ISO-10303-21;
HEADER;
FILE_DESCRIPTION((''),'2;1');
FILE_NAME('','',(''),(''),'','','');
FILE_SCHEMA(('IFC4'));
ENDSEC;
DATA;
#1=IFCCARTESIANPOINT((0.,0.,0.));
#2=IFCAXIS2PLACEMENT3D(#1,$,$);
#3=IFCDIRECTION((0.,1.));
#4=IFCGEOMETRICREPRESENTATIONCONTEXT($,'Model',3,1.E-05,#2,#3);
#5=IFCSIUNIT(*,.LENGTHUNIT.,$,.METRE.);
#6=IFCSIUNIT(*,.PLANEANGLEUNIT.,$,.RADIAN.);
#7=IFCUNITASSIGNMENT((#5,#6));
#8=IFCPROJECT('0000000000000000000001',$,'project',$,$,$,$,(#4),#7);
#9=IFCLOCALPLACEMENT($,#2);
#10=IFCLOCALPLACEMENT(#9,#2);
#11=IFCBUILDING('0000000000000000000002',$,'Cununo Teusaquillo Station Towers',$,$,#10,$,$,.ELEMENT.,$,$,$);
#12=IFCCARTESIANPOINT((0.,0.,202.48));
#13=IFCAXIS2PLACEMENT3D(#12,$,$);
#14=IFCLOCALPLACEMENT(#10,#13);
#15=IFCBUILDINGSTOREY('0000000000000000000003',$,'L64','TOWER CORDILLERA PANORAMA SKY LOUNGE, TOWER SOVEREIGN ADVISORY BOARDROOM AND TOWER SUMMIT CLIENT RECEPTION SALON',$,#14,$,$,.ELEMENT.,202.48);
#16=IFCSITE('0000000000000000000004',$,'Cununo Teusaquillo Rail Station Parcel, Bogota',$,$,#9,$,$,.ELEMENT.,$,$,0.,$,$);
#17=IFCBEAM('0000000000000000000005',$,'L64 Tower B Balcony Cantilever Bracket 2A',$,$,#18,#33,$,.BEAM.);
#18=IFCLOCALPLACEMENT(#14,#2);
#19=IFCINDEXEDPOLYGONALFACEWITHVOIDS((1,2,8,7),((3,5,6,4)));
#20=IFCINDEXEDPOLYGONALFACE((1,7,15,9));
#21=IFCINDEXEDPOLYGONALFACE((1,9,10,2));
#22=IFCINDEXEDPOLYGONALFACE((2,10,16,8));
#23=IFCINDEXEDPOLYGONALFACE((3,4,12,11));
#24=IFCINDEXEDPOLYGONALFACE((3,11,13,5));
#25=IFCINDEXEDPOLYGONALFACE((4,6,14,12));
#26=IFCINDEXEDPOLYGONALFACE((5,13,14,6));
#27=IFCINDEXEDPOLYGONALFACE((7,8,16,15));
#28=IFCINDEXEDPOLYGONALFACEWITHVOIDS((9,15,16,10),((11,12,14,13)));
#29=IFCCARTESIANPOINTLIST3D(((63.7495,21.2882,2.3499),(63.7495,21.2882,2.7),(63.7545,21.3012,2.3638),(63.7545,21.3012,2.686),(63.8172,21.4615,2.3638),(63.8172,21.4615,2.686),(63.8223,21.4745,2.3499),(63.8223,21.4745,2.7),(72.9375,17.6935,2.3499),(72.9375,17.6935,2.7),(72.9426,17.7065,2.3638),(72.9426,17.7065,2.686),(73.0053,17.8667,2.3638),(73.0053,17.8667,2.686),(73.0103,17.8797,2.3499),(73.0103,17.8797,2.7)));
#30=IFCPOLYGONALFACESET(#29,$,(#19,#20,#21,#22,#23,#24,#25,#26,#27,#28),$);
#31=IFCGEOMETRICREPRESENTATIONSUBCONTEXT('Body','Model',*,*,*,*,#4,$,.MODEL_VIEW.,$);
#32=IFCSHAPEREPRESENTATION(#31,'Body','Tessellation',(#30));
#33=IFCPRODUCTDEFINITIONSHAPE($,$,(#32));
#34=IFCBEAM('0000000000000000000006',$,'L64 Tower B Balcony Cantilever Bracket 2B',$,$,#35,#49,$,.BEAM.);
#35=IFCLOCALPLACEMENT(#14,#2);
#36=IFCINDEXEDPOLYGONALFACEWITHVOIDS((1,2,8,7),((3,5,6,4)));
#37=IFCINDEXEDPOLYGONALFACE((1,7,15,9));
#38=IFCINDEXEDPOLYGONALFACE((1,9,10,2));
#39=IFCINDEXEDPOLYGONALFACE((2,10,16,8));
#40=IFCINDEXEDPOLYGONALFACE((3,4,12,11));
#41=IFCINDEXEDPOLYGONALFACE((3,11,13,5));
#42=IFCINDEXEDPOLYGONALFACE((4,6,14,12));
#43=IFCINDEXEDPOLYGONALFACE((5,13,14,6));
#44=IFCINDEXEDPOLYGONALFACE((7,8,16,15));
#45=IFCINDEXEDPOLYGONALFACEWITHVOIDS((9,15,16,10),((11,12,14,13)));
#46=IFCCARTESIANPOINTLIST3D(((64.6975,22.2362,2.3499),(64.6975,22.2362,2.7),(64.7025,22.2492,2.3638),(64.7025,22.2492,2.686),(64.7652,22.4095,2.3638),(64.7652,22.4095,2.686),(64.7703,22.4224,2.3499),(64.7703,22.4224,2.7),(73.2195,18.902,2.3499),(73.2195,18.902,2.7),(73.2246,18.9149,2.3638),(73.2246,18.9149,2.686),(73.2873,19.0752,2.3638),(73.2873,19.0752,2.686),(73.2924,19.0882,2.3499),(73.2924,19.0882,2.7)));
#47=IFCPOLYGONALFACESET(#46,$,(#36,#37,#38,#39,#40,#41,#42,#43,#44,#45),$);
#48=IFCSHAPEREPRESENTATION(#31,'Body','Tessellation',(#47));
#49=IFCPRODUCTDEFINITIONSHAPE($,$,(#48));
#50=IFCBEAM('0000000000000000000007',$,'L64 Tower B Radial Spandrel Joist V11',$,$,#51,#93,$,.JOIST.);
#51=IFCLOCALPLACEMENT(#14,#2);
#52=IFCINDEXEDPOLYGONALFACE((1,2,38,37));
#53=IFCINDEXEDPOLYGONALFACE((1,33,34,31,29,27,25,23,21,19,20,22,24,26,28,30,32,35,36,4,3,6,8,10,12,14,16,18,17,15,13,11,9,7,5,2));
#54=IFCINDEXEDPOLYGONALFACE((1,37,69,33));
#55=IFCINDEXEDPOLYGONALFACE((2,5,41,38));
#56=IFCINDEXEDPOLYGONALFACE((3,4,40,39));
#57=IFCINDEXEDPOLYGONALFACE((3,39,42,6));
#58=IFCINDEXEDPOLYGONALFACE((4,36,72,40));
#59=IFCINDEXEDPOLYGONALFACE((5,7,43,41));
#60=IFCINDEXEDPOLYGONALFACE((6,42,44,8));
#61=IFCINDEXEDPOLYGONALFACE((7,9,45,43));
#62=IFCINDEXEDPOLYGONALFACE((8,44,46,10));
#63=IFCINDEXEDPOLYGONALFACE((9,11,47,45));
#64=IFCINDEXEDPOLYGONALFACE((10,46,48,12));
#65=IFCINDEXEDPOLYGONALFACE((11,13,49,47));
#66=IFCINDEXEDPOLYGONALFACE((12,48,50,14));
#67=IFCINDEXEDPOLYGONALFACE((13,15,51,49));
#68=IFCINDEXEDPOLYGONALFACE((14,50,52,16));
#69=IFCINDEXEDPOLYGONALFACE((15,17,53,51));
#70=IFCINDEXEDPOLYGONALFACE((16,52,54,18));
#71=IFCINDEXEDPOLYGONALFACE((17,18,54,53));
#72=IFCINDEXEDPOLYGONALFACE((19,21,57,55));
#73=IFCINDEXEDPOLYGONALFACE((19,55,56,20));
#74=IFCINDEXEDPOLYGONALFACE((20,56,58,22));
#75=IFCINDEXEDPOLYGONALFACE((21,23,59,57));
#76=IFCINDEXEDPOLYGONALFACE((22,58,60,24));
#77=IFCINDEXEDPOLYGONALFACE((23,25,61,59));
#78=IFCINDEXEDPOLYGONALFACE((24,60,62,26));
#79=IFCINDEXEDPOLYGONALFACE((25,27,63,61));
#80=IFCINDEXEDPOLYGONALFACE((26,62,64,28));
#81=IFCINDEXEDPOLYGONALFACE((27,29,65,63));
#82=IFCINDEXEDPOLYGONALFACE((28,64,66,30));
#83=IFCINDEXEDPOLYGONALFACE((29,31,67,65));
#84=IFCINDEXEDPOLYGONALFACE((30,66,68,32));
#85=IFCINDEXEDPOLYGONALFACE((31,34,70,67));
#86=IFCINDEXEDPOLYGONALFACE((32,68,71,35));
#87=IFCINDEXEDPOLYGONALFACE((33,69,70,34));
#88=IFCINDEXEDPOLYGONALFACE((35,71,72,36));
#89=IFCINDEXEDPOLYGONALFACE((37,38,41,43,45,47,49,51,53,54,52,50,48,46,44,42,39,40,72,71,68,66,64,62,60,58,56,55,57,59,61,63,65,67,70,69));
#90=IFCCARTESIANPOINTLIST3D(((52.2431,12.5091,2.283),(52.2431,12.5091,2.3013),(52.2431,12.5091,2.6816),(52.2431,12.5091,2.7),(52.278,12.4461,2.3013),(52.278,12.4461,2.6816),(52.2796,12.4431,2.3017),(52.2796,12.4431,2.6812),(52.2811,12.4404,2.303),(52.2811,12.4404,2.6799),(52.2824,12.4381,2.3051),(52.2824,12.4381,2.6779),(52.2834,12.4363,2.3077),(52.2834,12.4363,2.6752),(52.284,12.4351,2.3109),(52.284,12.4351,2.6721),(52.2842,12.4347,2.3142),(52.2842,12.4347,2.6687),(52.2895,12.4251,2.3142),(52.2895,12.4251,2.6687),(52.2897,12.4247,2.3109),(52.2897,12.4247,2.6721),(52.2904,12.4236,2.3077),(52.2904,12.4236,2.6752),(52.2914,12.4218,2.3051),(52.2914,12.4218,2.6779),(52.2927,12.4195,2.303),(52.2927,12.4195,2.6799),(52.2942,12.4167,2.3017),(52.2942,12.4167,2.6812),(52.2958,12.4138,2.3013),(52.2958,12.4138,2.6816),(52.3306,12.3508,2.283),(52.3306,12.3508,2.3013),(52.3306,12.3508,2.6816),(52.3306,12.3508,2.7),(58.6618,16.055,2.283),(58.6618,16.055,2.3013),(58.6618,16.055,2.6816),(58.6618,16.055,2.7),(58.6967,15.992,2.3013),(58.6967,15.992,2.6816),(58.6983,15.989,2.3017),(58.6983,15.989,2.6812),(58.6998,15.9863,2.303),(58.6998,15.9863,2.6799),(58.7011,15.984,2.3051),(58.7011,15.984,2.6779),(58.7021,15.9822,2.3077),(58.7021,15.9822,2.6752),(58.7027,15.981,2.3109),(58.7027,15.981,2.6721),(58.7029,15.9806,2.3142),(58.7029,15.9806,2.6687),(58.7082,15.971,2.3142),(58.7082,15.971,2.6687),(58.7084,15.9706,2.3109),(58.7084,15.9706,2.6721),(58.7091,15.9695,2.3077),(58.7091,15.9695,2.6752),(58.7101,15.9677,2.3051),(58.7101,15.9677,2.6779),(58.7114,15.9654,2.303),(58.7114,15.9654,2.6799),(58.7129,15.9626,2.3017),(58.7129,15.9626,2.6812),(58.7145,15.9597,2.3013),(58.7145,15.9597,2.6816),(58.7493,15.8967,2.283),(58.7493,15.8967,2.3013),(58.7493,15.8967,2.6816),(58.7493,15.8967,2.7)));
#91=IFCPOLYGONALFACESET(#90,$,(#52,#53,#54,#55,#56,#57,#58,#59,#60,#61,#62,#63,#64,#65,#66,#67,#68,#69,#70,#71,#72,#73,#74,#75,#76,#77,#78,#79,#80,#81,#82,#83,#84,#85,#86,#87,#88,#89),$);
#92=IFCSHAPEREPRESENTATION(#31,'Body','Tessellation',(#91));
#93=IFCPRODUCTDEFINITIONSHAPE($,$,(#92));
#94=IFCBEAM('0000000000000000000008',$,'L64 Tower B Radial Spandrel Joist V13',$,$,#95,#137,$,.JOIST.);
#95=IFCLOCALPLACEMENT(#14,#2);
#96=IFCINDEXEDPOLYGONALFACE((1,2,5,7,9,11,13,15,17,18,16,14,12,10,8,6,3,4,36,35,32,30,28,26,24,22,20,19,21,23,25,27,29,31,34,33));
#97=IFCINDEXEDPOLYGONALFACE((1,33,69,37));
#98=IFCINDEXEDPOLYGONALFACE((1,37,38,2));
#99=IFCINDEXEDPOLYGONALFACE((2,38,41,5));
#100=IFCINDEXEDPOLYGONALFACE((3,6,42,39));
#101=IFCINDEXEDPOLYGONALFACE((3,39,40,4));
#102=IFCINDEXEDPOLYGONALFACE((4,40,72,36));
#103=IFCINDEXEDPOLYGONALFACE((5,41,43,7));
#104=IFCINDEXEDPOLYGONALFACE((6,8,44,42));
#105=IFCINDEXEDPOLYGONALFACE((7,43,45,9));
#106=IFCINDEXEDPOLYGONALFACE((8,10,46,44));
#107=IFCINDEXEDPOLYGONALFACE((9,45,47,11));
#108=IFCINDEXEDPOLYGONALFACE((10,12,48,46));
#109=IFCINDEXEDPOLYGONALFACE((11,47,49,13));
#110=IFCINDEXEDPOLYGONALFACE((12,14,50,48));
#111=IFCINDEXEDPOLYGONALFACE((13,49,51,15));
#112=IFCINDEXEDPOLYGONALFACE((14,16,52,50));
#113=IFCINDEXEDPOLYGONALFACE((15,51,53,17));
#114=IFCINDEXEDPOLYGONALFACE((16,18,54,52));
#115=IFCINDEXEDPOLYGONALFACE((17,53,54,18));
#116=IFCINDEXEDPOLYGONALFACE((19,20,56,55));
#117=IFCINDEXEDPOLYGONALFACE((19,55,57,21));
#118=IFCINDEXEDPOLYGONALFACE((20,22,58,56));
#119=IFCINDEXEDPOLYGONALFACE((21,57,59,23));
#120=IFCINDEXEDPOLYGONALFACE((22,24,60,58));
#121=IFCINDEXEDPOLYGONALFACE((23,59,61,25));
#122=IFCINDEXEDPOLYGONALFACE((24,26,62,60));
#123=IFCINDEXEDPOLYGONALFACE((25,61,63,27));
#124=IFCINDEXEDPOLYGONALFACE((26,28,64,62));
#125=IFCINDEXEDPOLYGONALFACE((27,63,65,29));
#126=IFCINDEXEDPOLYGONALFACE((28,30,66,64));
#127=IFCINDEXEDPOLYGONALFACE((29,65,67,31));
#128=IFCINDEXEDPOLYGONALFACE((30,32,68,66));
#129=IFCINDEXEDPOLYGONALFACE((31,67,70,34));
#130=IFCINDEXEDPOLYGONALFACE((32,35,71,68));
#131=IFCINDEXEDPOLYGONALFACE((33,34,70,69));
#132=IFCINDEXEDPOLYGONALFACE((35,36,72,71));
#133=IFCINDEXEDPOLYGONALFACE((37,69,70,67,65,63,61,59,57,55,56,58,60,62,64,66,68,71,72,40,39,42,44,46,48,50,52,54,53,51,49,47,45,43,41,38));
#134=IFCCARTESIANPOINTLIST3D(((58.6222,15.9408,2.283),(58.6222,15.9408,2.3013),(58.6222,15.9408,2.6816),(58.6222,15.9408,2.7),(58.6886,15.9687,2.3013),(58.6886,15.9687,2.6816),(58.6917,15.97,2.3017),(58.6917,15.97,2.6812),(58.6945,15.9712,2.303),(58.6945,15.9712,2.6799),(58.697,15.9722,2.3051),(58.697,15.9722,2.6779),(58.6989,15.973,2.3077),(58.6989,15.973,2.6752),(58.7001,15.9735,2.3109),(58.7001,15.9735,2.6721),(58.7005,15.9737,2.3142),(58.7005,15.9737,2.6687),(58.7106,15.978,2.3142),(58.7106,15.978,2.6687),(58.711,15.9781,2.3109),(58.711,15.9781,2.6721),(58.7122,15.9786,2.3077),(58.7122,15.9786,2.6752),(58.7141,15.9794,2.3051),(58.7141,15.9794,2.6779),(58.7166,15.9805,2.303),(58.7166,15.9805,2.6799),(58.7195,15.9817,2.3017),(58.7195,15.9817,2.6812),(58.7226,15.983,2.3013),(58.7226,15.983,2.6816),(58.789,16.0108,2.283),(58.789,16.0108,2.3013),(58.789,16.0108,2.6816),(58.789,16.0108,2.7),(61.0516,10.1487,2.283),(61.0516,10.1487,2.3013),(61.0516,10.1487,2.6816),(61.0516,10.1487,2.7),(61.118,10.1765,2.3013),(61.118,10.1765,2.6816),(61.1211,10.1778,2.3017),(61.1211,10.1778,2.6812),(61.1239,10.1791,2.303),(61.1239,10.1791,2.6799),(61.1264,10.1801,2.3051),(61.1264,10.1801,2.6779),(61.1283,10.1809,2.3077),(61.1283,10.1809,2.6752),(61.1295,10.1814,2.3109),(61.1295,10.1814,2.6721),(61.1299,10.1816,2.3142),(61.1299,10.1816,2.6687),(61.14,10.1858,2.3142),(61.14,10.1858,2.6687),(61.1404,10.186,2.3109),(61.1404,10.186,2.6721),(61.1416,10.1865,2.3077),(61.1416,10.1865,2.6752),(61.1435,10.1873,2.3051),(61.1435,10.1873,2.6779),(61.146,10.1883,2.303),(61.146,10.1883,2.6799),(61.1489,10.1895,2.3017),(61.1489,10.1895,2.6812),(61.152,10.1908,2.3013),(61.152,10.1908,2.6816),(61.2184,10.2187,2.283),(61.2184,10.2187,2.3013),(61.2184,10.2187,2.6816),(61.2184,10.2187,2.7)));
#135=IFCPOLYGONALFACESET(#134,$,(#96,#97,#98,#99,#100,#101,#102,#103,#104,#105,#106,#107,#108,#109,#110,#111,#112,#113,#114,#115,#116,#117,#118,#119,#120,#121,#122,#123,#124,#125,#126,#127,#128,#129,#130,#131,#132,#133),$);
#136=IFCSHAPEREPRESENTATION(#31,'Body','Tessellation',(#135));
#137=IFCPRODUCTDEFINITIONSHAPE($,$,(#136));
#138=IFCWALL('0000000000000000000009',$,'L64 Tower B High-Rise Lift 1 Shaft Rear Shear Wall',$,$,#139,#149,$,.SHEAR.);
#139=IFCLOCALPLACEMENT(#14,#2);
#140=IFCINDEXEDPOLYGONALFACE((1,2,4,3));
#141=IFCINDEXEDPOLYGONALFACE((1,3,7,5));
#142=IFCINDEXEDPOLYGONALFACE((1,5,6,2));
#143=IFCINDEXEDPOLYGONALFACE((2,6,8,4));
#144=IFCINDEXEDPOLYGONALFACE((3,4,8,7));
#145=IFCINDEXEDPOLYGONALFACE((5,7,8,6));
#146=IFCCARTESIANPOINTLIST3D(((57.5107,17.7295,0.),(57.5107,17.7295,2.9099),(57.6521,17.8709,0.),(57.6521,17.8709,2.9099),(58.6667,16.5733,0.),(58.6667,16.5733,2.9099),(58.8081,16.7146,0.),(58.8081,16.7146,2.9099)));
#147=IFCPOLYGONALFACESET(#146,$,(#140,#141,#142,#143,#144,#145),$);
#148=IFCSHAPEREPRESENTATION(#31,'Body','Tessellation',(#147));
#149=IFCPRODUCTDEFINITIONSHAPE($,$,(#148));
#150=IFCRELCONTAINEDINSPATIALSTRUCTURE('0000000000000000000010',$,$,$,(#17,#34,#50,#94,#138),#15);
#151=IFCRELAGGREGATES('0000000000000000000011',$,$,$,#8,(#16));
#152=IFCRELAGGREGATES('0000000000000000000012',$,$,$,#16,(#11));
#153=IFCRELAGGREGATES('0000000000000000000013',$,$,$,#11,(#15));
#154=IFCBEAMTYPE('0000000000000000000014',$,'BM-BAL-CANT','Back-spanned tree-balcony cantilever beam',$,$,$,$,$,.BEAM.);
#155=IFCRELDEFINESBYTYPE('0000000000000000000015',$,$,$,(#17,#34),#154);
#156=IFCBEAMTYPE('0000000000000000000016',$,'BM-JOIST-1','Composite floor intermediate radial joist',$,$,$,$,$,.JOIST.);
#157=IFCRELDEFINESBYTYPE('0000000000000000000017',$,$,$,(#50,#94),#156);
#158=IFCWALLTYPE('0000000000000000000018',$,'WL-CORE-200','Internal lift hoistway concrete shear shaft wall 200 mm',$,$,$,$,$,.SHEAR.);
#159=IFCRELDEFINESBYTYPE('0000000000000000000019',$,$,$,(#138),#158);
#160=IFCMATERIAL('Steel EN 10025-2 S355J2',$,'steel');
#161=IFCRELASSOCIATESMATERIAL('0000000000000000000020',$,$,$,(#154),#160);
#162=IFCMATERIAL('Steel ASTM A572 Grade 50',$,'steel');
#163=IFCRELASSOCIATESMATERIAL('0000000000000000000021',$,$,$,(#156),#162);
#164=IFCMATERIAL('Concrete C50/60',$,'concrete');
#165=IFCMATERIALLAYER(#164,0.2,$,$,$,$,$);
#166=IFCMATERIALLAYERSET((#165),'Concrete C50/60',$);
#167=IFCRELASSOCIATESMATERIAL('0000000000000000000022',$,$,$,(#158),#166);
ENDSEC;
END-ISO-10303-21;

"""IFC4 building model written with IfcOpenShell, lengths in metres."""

from ifc_helpers import new_model, si_unit, direction, frame, frame_2d, origin, origin_2d, place, context, subcontext, project, spatial, rectangle, hollow_rectangle, i_section, extrude, material, layer, layer_set, material_profile, profile_set, type_object, element, save


model = new_model("IFC4")

# Units and contexts
model_context = context("Model", 3, precision=1e-05, world=origin(), true_north=direction((0.0, 1.0)))
body_context = subcontext(model_context, "Body", "Model", "MODEL_VIEW")
ifc_project = project(units=[si_unit("LENGTHUNIT", "METRE"), si_unit("PLANEANGLEUNIT", "RADIAN")], contexts=[model_context])

# Site, building, storey
site_placement = place(None, origin())
site = spatial("IfcSite", under=ifc_project, at=site_placement, Name="Cununo Teusaquillo Rail Station Parcel, Bogota", CompositionType="ELEMENT", RefElevation=0.0)
building_placement = place(site_placement, origin())
building = spatial("IfcBuilding", under=site, at=building_placement, Name="Cununo Teusaquillo Station Towers", CompositionType="ELEMENT")
storey_placement = place(building_placement, frame((0.0, 0.0, 202.48)))
storey = spatial("IfcBuildingStorey", under=building, at=storey_placement, Name="L64", Description="TOWER CORDILLERA PANORAMA SKY LOUNGE, TOWER SOVEREIGN ADVISORY BOARDROOM AND TOWER SUMMIT CLIENT RECEPTION SALON", CompositionType="ELEMENT", Elevation=202.48)

# Beams
ifc_material_1 = material(Name="Steel EN 10025-2 S355J2", Category="steel")
ifc_material_profile_1 = material_profile(ifc_material_1, hollow_rectangle(XDim=0.2, YDim=0.3501, WallThickness=0.0139, at=origin_2d()), Name="RHS 350x200x14")
ifc_profile_set_1 = profile_set([ifc_material_profile_1], Name="Steel EN 10025-2 S355J2")
beam_type_1 = type_object("IfcBeamType", Name="BM-BAL-CANT", Description="Back-spanned tree-balcony cantilever beam", PredefinedType="BEAM", material=ifc_profile_set_1)
beam_1_placement = place(storey_placement, frame((63.7859, 21.3813, 2.5249), z_axis=(0.931262, -0.364349, 0.0), x_axis=(0.364349, 0.931262, 0.0)))
element("IfcBeam", 1, at=beam_1_placement, inside=storey, type_object=beam_type_1, Name="L64 Tower B Balcony Cantilever Bracket 2A", PredefinedType="BEAM", context=body_context, shape_type="SweptSolid", body=[
    extrude(hollow_rectangle(XDim=0.2, YDim=0.3501, WallThickness=0.0139, at=origin_2d()), origin(), (0.0, 0.0, 1.0), 9.8662),
])
beam_2_placement = place(storey_placement, frame((64.7339, 22.3293, 2.5249), z_axis=(0.93126, -0.364356, 0.0), x_axis=(0.364356, 0.93126, 0.0)))
element("IfcBeam", 2, at=beam_2_placement, inside=storey, type_object=beam_type_1, Name="L64 Tower B Balcony Cantilever Bracket 2B", PredefinedType="BEAM", context=body_context, shape_type="SweptSolid", body=[
    extrude(hollow_rectangle(XDim=0.2, YDim=0.3501, WallThickness=0.0139, at=origin_2d()), origin(), (0.0, 0.0, 1.0), 9.1511),
])
ifc_material_2 = material(Name="Steel ASTM A572 Grade 50", Category="steel")
ifc_material_profile_2 = material_profile(ifc_material_2, i_section(OverallWidth=0.1809, OverallDepth=0.417, WebThickness=0.011, FlangeThickness=0.0183, FilletRadius=0.0129, at=origin_2d()), Name="W16X57")
ifc_profile_set_2 = profile_set([ifc_material_profile_2], Name="Steel ASTM A572 Grade 50")
beam_type_2 = type_object("IfcBeamType", Name="BM-JOIST-1", Description="Composite floor intermediate radial joist", PredefinedType="JOIST", material=ifc_profile_set_2)
beam_3_placement = place(storey_placement, frame((58.7056, 15.9758, 2.4915), z_axis=(-0.875315, -0.483553, 0.0), x_axis=(0.483553, -0.875315, 0.0)))
element("IfcBeam", 3, at=beam_3_placement, inside=storey, type_object=beam_type_2, Name="L64 Tower B Radial Spandrel Joist V11", PredefinedType="JOIST", context=body_context, shape_type="SweptSolid", body=[
    extrude(i_section(OverallWidth=0.1809, OverallDepth=0.417, WebThickness=0.011, FlangeThickness=0.0183, FilletRadius=0.0129, at=origin_2d()), origin(), (0.0, 0.0, 1.0), 7.333),
])
beam_4_placement = place(storey_placement, frame((58.7056, 15.9758, 2.4915), z_axis=(0.386786, -0.922169, 0.0), x_axis=(0.922169, 0.386786, 0.0)))
element("IfcBeam", 4, at=beam_4_placement, inside=storey, type_object=beam_type_2, Name="L64 Tower B Radial Spandrel Joist V13", PredefinedType="JOIST", context=body_context, shape_type="SweptSolid", body=[
    extrude(i_section(OverallWidth=0.1809, OverallDepth=0.417, WebThickness=0.011, FlangeThickness=0.0183, FilletRadius=0.0129, at=origin_2d()), origin(), (0.0, 0.0, 1.0), 6.281),
])

# Wall
ifc_material_3 = material(Name="Concrete C50/60", Category="concrete")
ifc_layer_1 = layer(ifc_material_3, 0.2)
ifc_layer_set_1 = layer_set([ifc_layer_1], Name="Concrete C50/60")
wall_type_1 = type_object("IfcWallType", Name="WL-CORE-200", Description="Internal lift hoistway concrete shear shaft wall 200 mm", PredefinedType="SHEAR", material=ifc_layer_set_1)
wall_1_placement = place(storey_placement, frame((58.7373, 16.644, 0.0), z_axis=(0.0, 0.0, 1.0), x_axis=(-0.707032, 0.707181, 0.0)))
element("IfcWall", 5, at=wall_1_placement, inside=storey, type_object=wall_type_1, Name="L64 Tower B High-Rise Lift 1 Shaft Rear Shear Wall", PredefinedType="SHEAR", context=body_context, shape_type="SweptSolid", body=[
    extrude(rectangle(XDim=1.635, YDim=0.2, at=frame_2d((0.8174, 0.0))), origin(), (0.0, 0.0, 1.0), 2.9099),
])

save(model, "model.ifc")
